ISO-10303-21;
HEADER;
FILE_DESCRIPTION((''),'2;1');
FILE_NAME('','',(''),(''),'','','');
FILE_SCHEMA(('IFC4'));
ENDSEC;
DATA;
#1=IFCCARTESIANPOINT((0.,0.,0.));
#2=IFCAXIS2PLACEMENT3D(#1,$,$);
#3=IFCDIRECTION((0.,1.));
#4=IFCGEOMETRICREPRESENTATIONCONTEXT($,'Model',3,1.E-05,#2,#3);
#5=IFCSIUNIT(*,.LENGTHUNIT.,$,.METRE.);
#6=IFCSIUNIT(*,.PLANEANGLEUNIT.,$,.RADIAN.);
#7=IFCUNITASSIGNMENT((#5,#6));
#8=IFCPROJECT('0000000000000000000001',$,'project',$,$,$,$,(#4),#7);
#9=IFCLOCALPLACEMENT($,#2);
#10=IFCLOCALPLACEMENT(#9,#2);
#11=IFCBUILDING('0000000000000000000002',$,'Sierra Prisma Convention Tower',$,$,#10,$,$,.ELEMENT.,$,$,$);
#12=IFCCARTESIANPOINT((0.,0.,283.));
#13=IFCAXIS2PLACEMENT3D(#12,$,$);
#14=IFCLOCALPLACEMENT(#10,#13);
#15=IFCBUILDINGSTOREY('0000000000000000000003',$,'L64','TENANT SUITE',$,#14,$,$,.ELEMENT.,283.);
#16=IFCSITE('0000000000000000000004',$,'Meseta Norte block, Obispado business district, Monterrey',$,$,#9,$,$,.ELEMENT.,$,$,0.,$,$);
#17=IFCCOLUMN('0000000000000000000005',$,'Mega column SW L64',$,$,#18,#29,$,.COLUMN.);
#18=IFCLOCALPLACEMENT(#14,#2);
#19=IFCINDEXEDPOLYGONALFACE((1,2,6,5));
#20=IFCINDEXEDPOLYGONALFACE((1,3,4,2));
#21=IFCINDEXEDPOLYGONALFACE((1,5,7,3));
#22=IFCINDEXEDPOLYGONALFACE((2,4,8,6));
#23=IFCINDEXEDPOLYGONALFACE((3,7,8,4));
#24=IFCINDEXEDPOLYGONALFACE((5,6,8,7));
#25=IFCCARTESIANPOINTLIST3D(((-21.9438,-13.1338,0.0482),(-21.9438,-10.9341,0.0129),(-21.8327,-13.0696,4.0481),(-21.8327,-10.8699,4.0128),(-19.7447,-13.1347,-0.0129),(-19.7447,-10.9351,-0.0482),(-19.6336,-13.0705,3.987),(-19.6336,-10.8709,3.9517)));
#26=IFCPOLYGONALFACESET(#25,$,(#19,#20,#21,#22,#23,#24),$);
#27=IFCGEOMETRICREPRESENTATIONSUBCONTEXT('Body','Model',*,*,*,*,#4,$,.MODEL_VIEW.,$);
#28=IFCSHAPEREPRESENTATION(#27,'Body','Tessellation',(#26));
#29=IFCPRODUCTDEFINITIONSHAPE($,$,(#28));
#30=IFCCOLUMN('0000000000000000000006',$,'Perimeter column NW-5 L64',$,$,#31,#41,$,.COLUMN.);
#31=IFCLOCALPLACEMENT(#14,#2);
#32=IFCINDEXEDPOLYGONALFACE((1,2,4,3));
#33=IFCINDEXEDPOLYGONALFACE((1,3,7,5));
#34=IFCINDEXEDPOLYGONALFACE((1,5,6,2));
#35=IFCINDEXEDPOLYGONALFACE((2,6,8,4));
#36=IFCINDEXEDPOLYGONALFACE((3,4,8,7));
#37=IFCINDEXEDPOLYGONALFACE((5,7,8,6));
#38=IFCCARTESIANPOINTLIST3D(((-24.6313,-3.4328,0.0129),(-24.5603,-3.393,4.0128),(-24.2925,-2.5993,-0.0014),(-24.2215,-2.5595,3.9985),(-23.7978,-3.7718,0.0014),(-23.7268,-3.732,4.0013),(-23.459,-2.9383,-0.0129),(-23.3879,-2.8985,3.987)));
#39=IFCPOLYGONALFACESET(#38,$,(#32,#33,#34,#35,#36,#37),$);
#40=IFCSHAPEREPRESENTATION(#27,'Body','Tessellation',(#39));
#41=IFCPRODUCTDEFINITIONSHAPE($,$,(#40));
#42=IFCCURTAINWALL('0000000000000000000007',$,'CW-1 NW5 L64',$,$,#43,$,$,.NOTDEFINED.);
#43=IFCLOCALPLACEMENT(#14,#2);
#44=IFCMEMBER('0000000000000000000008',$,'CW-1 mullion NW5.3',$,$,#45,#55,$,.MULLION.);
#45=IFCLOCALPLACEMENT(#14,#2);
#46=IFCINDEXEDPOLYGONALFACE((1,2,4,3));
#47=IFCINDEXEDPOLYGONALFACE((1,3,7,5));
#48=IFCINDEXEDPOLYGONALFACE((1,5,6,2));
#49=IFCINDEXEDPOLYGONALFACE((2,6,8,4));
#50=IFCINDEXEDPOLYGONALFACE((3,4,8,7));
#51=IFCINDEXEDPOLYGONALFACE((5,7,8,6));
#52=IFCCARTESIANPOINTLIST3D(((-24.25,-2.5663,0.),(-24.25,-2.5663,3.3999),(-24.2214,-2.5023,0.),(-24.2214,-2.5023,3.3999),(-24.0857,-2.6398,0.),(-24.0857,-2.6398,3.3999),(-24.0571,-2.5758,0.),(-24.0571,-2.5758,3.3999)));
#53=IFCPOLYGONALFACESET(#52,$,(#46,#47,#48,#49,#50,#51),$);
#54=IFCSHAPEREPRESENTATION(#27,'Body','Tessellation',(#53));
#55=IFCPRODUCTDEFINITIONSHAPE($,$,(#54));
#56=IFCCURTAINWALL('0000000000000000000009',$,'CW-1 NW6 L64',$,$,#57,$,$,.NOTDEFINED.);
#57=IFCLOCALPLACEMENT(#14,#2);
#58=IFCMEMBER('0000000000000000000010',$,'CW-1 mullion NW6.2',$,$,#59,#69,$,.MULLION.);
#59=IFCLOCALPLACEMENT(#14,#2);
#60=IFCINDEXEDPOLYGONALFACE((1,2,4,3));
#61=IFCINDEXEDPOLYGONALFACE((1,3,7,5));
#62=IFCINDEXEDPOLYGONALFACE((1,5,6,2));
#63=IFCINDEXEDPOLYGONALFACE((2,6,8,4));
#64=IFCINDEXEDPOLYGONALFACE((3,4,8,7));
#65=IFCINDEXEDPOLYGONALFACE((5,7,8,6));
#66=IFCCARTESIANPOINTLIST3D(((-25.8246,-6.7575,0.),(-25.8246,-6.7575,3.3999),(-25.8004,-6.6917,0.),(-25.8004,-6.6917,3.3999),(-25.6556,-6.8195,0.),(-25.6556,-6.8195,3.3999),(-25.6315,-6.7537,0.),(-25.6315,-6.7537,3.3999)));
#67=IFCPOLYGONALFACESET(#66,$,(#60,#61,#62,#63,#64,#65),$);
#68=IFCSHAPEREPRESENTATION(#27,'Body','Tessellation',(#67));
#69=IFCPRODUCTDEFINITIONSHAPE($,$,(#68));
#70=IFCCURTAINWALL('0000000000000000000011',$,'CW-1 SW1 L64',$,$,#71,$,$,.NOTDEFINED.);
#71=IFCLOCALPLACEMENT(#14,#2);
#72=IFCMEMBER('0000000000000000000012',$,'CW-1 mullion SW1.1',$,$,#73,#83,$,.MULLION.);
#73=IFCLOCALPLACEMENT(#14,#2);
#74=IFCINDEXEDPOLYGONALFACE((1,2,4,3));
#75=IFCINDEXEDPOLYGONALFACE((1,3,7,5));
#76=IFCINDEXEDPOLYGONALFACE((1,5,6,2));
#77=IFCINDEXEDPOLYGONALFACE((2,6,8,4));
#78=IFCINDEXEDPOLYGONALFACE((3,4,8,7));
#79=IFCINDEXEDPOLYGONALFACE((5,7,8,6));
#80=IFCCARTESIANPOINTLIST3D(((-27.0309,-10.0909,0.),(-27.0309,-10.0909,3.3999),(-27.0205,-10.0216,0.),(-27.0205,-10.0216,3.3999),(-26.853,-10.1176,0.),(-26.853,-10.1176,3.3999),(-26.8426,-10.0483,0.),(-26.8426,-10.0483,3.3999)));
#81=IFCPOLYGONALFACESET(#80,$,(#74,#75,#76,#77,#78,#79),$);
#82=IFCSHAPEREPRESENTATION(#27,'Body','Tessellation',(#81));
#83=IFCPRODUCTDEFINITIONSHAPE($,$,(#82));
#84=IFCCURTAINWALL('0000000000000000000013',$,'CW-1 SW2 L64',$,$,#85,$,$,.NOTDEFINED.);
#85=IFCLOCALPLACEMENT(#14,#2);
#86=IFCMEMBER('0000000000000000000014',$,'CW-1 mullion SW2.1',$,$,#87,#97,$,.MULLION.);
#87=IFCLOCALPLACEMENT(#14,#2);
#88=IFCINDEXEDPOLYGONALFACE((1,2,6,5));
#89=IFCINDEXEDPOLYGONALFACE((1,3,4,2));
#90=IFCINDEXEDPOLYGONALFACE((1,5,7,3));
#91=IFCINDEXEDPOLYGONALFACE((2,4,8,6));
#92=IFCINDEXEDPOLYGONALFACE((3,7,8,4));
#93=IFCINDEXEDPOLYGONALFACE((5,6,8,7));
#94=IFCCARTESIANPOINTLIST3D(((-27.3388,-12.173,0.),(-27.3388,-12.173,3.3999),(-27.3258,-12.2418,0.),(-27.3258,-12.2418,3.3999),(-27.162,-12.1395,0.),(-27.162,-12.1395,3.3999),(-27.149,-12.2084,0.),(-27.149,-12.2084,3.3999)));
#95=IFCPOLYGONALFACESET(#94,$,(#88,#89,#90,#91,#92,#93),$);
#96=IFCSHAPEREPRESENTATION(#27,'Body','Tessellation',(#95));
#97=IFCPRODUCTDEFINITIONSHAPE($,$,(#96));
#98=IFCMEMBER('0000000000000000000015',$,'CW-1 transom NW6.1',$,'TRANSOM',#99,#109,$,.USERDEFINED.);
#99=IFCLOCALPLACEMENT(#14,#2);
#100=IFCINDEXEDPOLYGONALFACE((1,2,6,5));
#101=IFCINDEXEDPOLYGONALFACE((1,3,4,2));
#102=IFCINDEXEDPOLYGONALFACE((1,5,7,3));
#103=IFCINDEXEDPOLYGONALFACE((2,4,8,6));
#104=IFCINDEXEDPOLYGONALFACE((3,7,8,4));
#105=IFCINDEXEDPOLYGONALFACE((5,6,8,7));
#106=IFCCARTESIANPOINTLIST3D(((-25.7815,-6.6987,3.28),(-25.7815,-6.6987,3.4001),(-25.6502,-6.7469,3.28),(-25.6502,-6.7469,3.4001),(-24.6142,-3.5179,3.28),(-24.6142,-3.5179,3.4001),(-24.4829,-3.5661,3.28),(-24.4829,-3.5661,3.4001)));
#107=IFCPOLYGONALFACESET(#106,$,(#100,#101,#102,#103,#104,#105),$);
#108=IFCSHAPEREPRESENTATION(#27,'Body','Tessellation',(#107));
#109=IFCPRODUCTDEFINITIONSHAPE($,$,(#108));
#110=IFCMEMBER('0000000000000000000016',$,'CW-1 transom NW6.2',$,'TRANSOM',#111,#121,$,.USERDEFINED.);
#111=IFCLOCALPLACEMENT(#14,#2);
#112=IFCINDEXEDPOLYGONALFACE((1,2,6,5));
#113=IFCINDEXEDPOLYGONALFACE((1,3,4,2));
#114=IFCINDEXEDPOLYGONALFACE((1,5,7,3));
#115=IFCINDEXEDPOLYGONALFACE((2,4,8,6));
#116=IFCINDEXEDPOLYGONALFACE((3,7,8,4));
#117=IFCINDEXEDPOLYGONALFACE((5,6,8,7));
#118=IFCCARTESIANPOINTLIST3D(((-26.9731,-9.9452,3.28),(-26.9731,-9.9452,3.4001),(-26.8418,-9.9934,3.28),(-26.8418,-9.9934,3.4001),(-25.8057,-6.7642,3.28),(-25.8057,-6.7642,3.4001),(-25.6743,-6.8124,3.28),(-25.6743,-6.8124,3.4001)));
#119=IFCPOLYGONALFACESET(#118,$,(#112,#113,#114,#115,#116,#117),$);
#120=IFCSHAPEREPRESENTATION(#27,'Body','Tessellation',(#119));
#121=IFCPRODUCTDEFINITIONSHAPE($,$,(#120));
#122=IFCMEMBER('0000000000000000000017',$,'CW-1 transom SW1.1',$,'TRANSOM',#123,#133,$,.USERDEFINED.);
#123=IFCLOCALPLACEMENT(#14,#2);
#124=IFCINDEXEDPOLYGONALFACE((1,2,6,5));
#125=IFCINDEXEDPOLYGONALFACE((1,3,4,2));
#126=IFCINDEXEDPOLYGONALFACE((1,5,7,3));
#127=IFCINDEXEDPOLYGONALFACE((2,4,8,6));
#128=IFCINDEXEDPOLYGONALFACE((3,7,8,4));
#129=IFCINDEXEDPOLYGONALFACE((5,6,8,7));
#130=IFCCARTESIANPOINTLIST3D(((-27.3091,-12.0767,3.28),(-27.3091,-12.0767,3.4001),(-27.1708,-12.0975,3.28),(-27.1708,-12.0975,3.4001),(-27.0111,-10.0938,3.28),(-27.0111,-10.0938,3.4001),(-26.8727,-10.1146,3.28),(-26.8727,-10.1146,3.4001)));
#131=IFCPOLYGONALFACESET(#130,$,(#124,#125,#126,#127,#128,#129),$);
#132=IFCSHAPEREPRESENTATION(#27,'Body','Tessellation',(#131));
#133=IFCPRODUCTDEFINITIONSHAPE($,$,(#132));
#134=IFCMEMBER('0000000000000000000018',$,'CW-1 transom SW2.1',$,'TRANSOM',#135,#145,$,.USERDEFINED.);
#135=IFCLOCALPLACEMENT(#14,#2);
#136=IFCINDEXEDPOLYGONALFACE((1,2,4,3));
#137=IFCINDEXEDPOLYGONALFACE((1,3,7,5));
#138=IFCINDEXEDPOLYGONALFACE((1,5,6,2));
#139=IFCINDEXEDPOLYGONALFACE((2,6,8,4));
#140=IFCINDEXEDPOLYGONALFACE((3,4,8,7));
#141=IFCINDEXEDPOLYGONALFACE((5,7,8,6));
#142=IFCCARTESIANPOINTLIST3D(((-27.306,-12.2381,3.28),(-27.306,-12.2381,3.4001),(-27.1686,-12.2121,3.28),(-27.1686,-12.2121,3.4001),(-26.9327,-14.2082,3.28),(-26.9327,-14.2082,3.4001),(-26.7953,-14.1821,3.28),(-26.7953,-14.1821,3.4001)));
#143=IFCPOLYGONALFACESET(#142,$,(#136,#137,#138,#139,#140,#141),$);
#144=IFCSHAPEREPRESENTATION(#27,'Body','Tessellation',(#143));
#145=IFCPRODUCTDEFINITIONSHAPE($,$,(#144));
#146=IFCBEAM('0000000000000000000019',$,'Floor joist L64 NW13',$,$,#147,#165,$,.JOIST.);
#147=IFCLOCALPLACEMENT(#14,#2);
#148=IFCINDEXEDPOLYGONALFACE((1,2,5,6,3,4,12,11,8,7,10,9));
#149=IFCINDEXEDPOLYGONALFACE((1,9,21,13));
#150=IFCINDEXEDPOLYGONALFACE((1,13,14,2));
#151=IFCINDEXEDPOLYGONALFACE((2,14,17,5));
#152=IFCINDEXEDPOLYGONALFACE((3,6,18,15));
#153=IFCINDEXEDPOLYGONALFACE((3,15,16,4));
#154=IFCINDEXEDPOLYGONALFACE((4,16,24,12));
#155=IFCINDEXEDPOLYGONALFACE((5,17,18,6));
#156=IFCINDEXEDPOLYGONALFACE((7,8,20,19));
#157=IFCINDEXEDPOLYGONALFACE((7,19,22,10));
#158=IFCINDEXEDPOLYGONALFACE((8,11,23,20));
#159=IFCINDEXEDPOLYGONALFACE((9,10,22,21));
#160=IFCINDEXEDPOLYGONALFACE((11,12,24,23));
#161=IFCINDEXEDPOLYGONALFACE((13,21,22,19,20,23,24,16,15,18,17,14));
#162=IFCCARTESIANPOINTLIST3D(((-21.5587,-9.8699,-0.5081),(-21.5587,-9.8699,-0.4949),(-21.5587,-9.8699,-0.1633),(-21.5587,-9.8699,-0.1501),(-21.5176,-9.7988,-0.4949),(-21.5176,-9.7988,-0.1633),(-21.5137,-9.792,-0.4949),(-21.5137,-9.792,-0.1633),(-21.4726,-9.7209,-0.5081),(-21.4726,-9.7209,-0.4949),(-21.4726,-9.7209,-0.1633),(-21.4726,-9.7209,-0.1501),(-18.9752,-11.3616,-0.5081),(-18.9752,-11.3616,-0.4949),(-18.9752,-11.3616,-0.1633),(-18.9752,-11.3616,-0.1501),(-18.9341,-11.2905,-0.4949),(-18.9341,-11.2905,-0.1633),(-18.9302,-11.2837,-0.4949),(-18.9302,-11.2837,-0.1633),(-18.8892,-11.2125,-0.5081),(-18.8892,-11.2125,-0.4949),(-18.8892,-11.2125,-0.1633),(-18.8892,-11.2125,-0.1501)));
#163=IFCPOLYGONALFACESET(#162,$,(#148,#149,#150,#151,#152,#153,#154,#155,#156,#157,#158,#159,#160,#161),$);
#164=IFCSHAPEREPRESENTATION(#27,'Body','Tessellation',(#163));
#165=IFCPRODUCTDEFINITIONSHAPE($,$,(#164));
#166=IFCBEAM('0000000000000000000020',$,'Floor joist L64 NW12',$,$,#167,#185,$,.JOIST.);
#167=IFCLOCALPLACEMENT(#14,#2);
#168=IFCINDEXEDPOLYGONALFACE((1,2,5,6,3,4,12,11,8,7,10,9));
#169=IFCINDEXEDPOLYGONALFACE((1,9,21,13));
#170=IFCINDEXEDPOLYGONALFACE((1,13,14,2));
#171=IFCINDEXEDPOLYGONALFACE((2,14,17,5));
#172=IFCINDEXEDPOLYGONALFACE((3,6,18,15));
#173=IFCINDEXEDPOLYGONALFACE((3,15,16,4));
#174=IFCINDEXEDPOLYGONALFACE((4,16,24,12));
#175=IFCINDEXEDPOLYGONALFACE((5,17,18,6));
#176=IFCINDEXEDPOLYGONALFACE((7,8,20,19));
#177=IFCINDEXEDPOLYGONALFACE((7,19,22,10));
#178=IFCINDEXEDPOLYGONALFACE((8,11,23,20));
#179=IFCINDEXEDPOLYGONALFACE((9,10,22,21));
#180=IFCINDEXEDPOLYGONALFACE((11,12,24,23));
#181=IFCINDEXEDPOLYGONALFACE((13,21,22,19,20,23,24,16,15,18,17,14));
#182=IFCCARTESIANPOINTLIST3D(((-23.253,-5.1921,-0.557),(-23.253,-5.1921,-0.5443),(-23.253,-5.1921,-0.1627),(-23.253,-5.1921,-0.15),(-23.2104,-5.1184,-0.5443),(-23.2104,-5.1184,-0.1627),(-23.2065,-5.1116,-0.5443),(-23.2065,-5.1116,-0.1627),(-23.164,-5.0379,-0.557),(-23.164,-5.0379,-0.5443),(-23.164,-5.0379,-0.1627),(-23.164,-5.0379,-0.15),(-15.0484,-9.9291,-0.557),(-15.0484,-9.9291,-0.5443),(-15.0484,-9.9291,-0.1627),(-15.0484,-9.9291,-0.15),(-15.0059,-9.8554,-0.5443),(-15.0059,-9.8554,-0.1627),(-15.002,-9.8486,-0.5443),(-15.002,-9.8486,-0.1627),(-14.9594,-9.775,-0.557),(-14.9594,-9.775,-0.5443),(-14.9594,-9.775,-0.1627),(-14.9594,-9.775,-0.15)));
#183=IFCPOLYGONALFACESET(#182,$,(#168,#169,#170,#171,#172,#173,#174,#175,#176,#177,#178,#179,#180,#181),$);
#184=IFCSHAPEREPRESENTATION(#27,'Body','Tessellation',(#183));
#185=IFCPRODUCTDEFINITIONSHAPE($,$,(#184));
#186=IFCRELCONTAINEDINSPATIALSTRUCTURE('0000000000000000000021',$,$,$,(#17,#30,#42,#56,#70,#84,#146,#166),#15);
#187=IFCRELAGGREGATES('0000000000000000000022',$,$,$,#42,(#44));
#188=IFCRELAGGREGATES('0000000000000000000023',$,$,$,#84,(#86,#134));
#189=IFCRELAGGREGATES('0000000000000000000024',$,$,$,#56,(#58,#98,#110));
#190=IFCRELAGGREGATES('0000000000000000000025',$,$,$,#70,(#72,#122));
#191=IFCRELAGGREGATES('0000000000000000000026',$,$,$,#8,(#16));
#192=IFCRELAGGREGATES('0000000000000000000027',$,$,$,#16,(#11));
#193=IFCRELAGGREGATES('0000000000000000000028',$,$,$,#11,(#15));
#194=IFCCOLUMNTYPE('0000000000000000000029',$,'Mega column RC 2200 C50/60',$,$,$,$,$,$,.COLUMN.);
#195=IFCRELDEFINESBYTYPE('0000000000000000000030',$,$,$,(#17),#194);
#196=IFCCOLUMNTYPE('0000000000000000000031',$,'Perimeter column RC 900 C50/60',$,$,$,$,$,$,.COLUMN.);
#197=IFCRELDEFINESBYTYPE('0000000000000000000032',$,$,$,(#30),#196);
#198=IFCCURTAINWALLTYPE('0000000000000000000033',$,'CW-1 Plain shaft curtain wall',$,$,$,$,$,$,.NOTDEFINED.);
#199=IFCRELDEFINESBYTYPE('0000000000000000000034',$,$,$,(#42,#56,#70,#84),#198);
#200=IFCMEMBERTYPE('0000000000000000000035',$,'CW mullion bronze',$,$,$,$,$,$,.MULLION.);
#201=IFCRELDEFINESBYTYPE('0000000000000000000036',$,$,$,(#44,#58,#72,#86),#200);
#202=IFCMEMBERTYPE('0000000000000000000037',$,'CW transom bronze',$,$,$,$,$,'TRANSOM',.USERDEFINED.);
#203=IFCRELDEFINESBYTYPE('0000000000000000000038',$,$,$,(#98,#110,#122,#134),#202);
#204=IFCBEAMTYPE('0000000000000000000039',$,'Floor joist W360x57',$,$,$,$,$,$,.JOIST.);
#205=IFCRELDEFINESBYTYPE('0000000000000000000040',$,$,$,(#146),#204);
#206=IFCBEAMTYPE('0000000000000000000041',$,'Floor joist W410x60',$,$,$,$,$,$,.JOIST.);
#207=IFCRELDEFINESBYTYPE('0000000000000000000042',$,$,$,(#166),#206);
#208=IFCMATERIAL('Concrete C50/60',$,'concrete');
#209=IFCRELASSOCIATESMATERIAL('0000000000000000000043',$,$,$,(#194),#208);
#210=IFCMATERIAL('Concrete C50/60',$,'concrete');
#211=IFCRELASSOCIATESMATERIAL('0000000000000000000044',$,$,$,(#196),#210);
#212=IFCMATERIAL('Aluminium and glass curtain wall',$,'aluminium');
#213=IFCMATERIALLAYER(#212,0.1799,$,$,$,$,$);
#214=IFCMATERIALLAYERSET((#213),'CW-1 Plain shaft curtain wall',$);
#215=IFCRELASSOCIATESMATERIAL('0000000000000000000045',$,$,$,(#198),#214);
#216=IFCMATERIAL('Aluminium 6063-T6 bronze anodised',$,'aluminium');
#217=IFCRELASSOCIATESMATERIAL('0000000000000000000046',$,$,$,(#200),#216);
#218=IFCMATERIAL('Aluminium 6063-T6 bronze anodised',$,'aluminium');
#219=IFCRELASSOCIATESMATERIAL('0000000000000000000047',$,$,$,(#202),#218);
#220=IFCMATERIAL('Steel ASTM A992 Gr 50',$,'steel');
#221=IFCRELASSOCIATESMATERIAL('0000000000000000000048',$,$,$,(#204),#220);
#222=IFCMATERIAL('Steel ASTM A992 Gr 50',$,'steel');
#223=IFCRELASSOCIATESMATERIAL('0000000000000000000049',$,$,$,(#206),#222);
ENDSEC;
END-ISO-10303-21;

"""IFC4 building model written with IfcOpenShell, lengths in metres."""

from ifc_helpers import new_model, si_unit, direction, frame, origin, origin_2d, place, context, subcontext, project, spatial, rectangle, i_section, extrude, material, layer, layer_set, material_profile, profile_set, type_object, element, aggregate, save


model = new_model("IFC4")

# Units and contexts
model_context = context("Model", 3, precision=1e-05, world=origin(), true_north=direction((0.0, 1.0)))
body_context = subcontext(model_context, "Body", "Model", "MODEL_VIEW")
ifc_project = project(units=[si_unit("LENGTHUNIT", "METRE"), si_unit("PLANEANGLEUNIT", "RADIAN")], contexts=[model_context])

# Site, building, storey
site_placement = place(None, origin())
site = spatial("IfcSite", under=ifc_project, at=site_placement, Name="Meseta Norte block, Obispado business district, Monterrey", CompositionType="ELEMENT", RefElevation=0.0)
building_placement = place(site_placement, origin())
building = spatial("IfcBuilding", under=site, at=building_placement, Name="Sierra Prisma Convention Tower", CompositionType="ELEMENT")
storey_placement = place(building_placement, frame((0.0, 0.0, 283.0)))
storey = spatial("IfcBuildingStorey", under=building, at=storey_placement, Name="L64", Description="TENANT SUITE", CompositionType="ELEMENT", Elevation=283.0)

# Columns
ifc_material_1 = material(Name="Concrete C50/60", Category="concrete")
ifc_material_profile_1 = material_profile(ifc_material_1, rectangle(XDim=2.2, YDim=2.2, at=origin_2d()), Name="Mega column RC 2200 C50/60")
ifc_profile_set_1 = profile_set([ifc_material_profile_1], Name="Concrete C50/60")
column_type_1 = type_object("IfcColumnType", Name="Mega column RC 2200 C50/60", PredefinedType="COLUMN", material=ifc_profile_set_1)
column_1_placement = place(storey_placement, frame((-20.8442, -12.0344, 0.0), z_axis=(0.027757, 0.016044, 0.999486), x_axis=(0.999615, -0.000446, -0.027753)))
element("IfcColumn", 1, at=column_1_placement, inside=storey, type_object=column_type_1, Name="Mega column SW L64", PredefinedType="COLUMN", context=body_context, shape_type="SweptSolid", body=[
    extrude(rectangle(XDim=2.2, YDim=2.2, at=origin_2d()), origin(), (0.0, 0.0, 1.0), 4.002),
])
ifc_material_2 = material(Name="Concrete C50/60", Category="concrete")
ifc_material_profile_2 = material_profile(ifc_material_2, rectangle(XDim=0.8999, YDim=0.8999, at=origin_2d()), Name="Perimeter column RC 900 C50/60")
ifc_profile_set_2 = profile_set([ifc_material_profile_2], Name="Concrete C50/60")
column_type_2 = type_object("IfcColumnType", Name="Perimeter column RC 900 C50/60", PredefinedType="COLUMN", material=ifc_profile_set_2)
column_2_placement = place(storey_placement, frame((-24.0452, -3.1855, 0.0), z_axis=(0.017758, 0.009947, 0.999793), x_axis=(0.376534, 0.926266, -0.015903)))
element("IfcColumn", 2, at=column_2_placement, inside=storey, type_object=column_type_2, Name="Perimeter column NW-5 L64", PredefinedType="COLUMN", context=body_context, shape_type="SweptSolid", body=[
    extrude(rectangle(XDim=0.8999, YDim=0.8999, at=origin_2d()), origin(), (0.0, 0.0, 1.0), 4.0007),
])

# Curtain walls, members
ifc_material_3 = material(Name="Aluminium and glass curtain wall", Category="aluminium")
ifc_layer_1 = layer(ifc_material_3, 0.1799)
ifc_layer_set_1 = layer_set([ifc_layer_1], Name="CW-1 Plain shaft curtain wall")
curtain_wall_type = type_object("IfcCurtainWallType", Name="CW-1 Plain shaft curtain wall", PredefinedType="NOTDEFINED", material=ifc_layer_set_1)
curtain_wall_1_placement = place(storey_placement, origin())
curtain_wall_1 = element("IfcCurtainWall", 3, at=curtain_wall_1_placement, inside=storey, type_object=curtain_wall_type, Name="CW-1 NW5 L64", PredefinedType="NOTDEFINED")
ifc_material_4 = material(Name="Aluminium 6063-T6 bronze anodised", Category="aluminium")
ifc_material_profile_3 = material_profile(ifc_material_4, rectangle(XDim=0.1799, YDim=0.0701, at=origin_2d()), Name="ALU MULLION 70x180")
ifc_profile_set_3 = profile_set([ifc_material_profile_3], Name="Aluminium 6063-T6 bronze anodised")
member_type_1 = type_object("IfcMemberType", Name="CW mullion bronze", PredefinedType="MULLION", material=ifc_profile_set_3)
member_1_placement = place(storey_placement, frame((-24.1536, -2.571, 0.0), z_axis=(0.0, 0.0, 1.0), x_axis=(0.91289, -0.408205, 0.0)))
member_1 = element("IfcMember", 4, at=member_1_placement, type_object=member_type_1, Name="CW-1 mullion NW5.3", PredefinedType="MULLION", context=body_context, shape_type="SweptSolid", body=[
    extrude(rectangle(XDim=0.1799, YDim=0.0701, at=origin_2d()), origin(), (0.0, 0.0, 1.0), 3.3999),
])
aggregate(curtain_wall_1, [member_1])
curtain_wall_2_placement = place(storey_placement, origin())
curtain_wall_2 = element("IfcCurtainWall", 5, at=curtain_wall_2_placement, inside=storey, type_object=curtain_wall_type, Name="CW-1 NW6 L64", PredefinedType="NOTDEFINED")
member_2_placement = place(storey_placement, frame((-25.728, -6.7556, 0.0), z_axis=(0.0, 0.0, 1.0), x_axis=(0.938773, -0.344536, 0.0)))
member_2 = element("IfcMember", 6, at=member_2_placement, type_object=member_type_1, Name="CW-1 mullion NW6.2", PredefinedType="MULLION", context=body_context, shape_type="SweptSolid", body=[
    extrude(rectangle(XDim=0.1799, YDim=0.0701, at=origin_2d()), origin(), (0.0, 0.0, 1.0), 3.3999),
])
curtain_wall_3_placement = place(storey_placement, origin())
curtain_wall_3 = element("IfcCurtainWall", 7, at=curtain_wall_3_placement, inside=storey, type_object=curtain_wall_type, Name="CW-1 SW1 L64", PredefinedType="NOTDEFINED")
member_3_placement = place(storey_placement, frame((-26.9368, -10.0696, 0.0), z_axis=(0.0, 0.0, 1.0), x_axis=(0.988893, -0.148627, 0.0)))
member_3 = element("IfcMember", 8, at=member_3_placement, type_object=member_type_1, Name="CW-1 mullion SW1.1", PredefinedType="MULLION", context=body_context, shape_type="SweptSolid", body=[
    extrude(rectangle(XDim=0.1799, YDim=0.0701, at=origin_2d()), origin(), (0.0, 0.0, 1.0), 3.3999),
])
curtain_wall_4_placement = place(storey_placement, origin())
curtain_wall_4 = element("IfcCurtainWall", 9, at=curtain_wall_4_placement, inside=storey, type_object=curtain_wall_type, Name="CW-1 SW2 L64", PredefinedType="NOTDEFINED")
member_4_placement = place(storey_placement, frame((-27.2439, -12.1907, 0.0), z_axis=(0.0, 0.0, 1.0), x_axis=(0.982527, 0.186118, 0.0)))
member_4 = element("IfcMember", 10, at=member_4_placement, type_object=member_type_1, Name="CW-1 mullion SW2.1", PredefinedType="MULLION", context=body_context, shape_type="SweptSolid", body=[
    extrude(rectangle(XDim=0.1799, YDim=0.0701, at=origin_2d()), origin(), (0.0, 0.0, 1.0), 3.3999),
])

# Members
ifc_material_5 = material(Name="Aluminium 6063-T6 bronze anodised", Category="aluminium")
ifc_material_profile_4 = material_profile(ifc_material_5, rectangle(XDim=0.1399, YDim=0.1201, at=origin_2d()), Name="ALU TRANSOM 120x140")
ifc_profile_set_4 = profile_set([ifc_material_profile_4], Name="Aluminium 6063-T6 bronze anodised")
member_type_2 = type_object("IfcMemberType", Name="CW transom bronze", ElementType="TRANSOM", PredefinedType="USERDEFINED", material=ifc_profile_set_4)
member_5_placement = place(storey_placement, frame((-24.5486, -3.542, 3.3401), z_axis=(-0.344513, -0.938782, 0.0), x_axis=(0.938782, -0.344513, 0.0)))
member_5 = element("IfcMember", 11, at=member_5_placement, type_object=member_type_2, Name="CW-1 transom NW6.1", ObjectType="TRANSOM", PredefinedType="USERDEFINED", context=body_context, shape_type="SweptSolid", body=[
    extrude(rectangle(XDim=0.1399, YDim=0.1201, at=origin_2d()), origin(), (0.0, 0.0, 1.0), 3.3882),
])
member_6_placement = place(storey_placement, frame((-25.74, -6.7883, 3.3401), z_axis=(-0.344553, -0.938767, 0.0), x_axis=(0.938767, -0.344553, 0.0)))
member_6 = element("IfcMember", 12, at=member_6_placement, type_object=member_type_2, Name="CW-1 transom NW6.2", ObjectType="TRANSOM", PredefinedType="USERDEFINED", context=body_context, shape_type="SweptSolid", body=[
    extrude(rectangle(XDim=0.1399, YDim=0.1201, at=origin_2d()), origin(), (0.0, 0.0, 1.0), 3.3884),
])
member_7_placement = place(storey_placement, frame((-26.9419, -10.1042, 3.3401), z_axis=(-0.148662, -0.988888, 0.0), x_axis=(0.988888, -0.148662, 0.0)))
member_7 = element("IfcMember", 13, at=member_7_placement, type_object=member_type_2, Name="CW-1 transom SW1.1", ObjectType="TRANSOM", PredefinedType="USERDEFINED", context=body_context, shape_type="SweptSolid", body=[
    extrude(rectangle(XDim=0.1399, YDim=0.1201, at=origin_2d()), origin(), (0.0, 0.0, 1.0), 2.0051),
])
member_8_placement = place(storey_placement, frame((-27.2373, -12.2251, 3.3401), z_axis=(0.186178, -0.982516, 0.0), x_axis=(0.982516, 0.186178, 0.0)))
member_8 = element("IfcMember", 14, at=member_8_placement, type_object=member_type_2, Name="CW-1 transom SW2.1", ObjectType="TRANSOM", PredefinedType="USERDEFINED", context=body_context, shape_type="SweptSolid", body=[
    extrude(rectangle(XDim=0.1399, YDim=0.1201, at=origin_2d()), origin(), (0.0, 0.0, 1.0), 2.0051),
])
aggregate(curtain_wall_4, [member_4, member_8])

# Beams
ifc_material_6 = material(Name="Steel ASTM A992 Gr 50", Category="steel")
ifc_material_profile_5 = material_profile(ifc_material_6, i_section(OverallWidth=0.1721, OverallDepth=0.3579, WebThickness=0.0078, FlangeThickness=0.0132, at=origin_2d()), Name="W360x57")
ifc_profile_set_5 = profile_set([ifc_material_profile_5], Name="Steel ASTM A992 Gr 50")
beam_type_1 = type_object("IfcBeamType", Name="Floor joist W360x57", PredefinedType="JOIST", material=ifc_profile_set_5)
beam_1_placement = place(storey_placement, frame((-21.5156, -9.7954, -0.3291), z_axis=(0.866008, -0.500029, 0.0), x_axis=(0.500029, 0.866008, 0.0)))
element("IfcBeam", 15, at=beam_1_placement, inside=storey, type_object=beam_type_1, Name="Floor joist L64 NW13", PredefinedType="JOIST", context=body_context, shape_type="SweptSolid", body=[
    extrude(i_section(OverallWidth=0.1721, OverallDepth=0.3579, WebThickness=0.0078, FlangeThickness=0.0132, at=origin_2d()), origin(), (0.0, 0.0, 1.0), 2.9832),
])
ifc_material_7 = material(Name="Steel ASTM A992 Gr 50", Category="steel")
ifc_material_profile_6 = material_profile(ifc_material_7, i_section(OverallWidth=0.178, OverallDepth=0.407, WebThickness=0.0078, FlangeThickness=0.0127, at=origin_2d()), Name="W410x60")
ifc_profile_set_6 = profile_set([ifc_material_profile_6], Name="Steel ASTM A992 Gr 50")
beam_type_2 = type_object("IfcBeamType", Name="Floor joist W410x60", PredefinedType="JOIST", material=ifc_profile_set_6)
beam_2_placement = place(storey_placement, frame((-23.2085, -5.115, -0.3535), z_axis=(0.866019, -0.500011, 0.0), x_axis=(0.500011, 0.866019, 0.0)))
element("IfcBeam", 16, at=beam_2_placement, inside=storey, type_object=beam_type_2, Name="Floor joist L64 NW12", PredefinedType="JOIST", context=body_context, shape_type="SweptSolid", body=[
    extrude(i_section(OverallWidth=0.178, OverallDepth=0.407, WebThickness=0.0078, FlangeThickness=0.0127, at=origin_2d()), origin(), (0.0, 0.0, 1.0), 9.4739),
])

aggregate(curtain_wall_2, [member_2, member_5, member_6])
aggregate(curtain_wall_3, [member_3, member_7])

save(model, "model.ifc")
